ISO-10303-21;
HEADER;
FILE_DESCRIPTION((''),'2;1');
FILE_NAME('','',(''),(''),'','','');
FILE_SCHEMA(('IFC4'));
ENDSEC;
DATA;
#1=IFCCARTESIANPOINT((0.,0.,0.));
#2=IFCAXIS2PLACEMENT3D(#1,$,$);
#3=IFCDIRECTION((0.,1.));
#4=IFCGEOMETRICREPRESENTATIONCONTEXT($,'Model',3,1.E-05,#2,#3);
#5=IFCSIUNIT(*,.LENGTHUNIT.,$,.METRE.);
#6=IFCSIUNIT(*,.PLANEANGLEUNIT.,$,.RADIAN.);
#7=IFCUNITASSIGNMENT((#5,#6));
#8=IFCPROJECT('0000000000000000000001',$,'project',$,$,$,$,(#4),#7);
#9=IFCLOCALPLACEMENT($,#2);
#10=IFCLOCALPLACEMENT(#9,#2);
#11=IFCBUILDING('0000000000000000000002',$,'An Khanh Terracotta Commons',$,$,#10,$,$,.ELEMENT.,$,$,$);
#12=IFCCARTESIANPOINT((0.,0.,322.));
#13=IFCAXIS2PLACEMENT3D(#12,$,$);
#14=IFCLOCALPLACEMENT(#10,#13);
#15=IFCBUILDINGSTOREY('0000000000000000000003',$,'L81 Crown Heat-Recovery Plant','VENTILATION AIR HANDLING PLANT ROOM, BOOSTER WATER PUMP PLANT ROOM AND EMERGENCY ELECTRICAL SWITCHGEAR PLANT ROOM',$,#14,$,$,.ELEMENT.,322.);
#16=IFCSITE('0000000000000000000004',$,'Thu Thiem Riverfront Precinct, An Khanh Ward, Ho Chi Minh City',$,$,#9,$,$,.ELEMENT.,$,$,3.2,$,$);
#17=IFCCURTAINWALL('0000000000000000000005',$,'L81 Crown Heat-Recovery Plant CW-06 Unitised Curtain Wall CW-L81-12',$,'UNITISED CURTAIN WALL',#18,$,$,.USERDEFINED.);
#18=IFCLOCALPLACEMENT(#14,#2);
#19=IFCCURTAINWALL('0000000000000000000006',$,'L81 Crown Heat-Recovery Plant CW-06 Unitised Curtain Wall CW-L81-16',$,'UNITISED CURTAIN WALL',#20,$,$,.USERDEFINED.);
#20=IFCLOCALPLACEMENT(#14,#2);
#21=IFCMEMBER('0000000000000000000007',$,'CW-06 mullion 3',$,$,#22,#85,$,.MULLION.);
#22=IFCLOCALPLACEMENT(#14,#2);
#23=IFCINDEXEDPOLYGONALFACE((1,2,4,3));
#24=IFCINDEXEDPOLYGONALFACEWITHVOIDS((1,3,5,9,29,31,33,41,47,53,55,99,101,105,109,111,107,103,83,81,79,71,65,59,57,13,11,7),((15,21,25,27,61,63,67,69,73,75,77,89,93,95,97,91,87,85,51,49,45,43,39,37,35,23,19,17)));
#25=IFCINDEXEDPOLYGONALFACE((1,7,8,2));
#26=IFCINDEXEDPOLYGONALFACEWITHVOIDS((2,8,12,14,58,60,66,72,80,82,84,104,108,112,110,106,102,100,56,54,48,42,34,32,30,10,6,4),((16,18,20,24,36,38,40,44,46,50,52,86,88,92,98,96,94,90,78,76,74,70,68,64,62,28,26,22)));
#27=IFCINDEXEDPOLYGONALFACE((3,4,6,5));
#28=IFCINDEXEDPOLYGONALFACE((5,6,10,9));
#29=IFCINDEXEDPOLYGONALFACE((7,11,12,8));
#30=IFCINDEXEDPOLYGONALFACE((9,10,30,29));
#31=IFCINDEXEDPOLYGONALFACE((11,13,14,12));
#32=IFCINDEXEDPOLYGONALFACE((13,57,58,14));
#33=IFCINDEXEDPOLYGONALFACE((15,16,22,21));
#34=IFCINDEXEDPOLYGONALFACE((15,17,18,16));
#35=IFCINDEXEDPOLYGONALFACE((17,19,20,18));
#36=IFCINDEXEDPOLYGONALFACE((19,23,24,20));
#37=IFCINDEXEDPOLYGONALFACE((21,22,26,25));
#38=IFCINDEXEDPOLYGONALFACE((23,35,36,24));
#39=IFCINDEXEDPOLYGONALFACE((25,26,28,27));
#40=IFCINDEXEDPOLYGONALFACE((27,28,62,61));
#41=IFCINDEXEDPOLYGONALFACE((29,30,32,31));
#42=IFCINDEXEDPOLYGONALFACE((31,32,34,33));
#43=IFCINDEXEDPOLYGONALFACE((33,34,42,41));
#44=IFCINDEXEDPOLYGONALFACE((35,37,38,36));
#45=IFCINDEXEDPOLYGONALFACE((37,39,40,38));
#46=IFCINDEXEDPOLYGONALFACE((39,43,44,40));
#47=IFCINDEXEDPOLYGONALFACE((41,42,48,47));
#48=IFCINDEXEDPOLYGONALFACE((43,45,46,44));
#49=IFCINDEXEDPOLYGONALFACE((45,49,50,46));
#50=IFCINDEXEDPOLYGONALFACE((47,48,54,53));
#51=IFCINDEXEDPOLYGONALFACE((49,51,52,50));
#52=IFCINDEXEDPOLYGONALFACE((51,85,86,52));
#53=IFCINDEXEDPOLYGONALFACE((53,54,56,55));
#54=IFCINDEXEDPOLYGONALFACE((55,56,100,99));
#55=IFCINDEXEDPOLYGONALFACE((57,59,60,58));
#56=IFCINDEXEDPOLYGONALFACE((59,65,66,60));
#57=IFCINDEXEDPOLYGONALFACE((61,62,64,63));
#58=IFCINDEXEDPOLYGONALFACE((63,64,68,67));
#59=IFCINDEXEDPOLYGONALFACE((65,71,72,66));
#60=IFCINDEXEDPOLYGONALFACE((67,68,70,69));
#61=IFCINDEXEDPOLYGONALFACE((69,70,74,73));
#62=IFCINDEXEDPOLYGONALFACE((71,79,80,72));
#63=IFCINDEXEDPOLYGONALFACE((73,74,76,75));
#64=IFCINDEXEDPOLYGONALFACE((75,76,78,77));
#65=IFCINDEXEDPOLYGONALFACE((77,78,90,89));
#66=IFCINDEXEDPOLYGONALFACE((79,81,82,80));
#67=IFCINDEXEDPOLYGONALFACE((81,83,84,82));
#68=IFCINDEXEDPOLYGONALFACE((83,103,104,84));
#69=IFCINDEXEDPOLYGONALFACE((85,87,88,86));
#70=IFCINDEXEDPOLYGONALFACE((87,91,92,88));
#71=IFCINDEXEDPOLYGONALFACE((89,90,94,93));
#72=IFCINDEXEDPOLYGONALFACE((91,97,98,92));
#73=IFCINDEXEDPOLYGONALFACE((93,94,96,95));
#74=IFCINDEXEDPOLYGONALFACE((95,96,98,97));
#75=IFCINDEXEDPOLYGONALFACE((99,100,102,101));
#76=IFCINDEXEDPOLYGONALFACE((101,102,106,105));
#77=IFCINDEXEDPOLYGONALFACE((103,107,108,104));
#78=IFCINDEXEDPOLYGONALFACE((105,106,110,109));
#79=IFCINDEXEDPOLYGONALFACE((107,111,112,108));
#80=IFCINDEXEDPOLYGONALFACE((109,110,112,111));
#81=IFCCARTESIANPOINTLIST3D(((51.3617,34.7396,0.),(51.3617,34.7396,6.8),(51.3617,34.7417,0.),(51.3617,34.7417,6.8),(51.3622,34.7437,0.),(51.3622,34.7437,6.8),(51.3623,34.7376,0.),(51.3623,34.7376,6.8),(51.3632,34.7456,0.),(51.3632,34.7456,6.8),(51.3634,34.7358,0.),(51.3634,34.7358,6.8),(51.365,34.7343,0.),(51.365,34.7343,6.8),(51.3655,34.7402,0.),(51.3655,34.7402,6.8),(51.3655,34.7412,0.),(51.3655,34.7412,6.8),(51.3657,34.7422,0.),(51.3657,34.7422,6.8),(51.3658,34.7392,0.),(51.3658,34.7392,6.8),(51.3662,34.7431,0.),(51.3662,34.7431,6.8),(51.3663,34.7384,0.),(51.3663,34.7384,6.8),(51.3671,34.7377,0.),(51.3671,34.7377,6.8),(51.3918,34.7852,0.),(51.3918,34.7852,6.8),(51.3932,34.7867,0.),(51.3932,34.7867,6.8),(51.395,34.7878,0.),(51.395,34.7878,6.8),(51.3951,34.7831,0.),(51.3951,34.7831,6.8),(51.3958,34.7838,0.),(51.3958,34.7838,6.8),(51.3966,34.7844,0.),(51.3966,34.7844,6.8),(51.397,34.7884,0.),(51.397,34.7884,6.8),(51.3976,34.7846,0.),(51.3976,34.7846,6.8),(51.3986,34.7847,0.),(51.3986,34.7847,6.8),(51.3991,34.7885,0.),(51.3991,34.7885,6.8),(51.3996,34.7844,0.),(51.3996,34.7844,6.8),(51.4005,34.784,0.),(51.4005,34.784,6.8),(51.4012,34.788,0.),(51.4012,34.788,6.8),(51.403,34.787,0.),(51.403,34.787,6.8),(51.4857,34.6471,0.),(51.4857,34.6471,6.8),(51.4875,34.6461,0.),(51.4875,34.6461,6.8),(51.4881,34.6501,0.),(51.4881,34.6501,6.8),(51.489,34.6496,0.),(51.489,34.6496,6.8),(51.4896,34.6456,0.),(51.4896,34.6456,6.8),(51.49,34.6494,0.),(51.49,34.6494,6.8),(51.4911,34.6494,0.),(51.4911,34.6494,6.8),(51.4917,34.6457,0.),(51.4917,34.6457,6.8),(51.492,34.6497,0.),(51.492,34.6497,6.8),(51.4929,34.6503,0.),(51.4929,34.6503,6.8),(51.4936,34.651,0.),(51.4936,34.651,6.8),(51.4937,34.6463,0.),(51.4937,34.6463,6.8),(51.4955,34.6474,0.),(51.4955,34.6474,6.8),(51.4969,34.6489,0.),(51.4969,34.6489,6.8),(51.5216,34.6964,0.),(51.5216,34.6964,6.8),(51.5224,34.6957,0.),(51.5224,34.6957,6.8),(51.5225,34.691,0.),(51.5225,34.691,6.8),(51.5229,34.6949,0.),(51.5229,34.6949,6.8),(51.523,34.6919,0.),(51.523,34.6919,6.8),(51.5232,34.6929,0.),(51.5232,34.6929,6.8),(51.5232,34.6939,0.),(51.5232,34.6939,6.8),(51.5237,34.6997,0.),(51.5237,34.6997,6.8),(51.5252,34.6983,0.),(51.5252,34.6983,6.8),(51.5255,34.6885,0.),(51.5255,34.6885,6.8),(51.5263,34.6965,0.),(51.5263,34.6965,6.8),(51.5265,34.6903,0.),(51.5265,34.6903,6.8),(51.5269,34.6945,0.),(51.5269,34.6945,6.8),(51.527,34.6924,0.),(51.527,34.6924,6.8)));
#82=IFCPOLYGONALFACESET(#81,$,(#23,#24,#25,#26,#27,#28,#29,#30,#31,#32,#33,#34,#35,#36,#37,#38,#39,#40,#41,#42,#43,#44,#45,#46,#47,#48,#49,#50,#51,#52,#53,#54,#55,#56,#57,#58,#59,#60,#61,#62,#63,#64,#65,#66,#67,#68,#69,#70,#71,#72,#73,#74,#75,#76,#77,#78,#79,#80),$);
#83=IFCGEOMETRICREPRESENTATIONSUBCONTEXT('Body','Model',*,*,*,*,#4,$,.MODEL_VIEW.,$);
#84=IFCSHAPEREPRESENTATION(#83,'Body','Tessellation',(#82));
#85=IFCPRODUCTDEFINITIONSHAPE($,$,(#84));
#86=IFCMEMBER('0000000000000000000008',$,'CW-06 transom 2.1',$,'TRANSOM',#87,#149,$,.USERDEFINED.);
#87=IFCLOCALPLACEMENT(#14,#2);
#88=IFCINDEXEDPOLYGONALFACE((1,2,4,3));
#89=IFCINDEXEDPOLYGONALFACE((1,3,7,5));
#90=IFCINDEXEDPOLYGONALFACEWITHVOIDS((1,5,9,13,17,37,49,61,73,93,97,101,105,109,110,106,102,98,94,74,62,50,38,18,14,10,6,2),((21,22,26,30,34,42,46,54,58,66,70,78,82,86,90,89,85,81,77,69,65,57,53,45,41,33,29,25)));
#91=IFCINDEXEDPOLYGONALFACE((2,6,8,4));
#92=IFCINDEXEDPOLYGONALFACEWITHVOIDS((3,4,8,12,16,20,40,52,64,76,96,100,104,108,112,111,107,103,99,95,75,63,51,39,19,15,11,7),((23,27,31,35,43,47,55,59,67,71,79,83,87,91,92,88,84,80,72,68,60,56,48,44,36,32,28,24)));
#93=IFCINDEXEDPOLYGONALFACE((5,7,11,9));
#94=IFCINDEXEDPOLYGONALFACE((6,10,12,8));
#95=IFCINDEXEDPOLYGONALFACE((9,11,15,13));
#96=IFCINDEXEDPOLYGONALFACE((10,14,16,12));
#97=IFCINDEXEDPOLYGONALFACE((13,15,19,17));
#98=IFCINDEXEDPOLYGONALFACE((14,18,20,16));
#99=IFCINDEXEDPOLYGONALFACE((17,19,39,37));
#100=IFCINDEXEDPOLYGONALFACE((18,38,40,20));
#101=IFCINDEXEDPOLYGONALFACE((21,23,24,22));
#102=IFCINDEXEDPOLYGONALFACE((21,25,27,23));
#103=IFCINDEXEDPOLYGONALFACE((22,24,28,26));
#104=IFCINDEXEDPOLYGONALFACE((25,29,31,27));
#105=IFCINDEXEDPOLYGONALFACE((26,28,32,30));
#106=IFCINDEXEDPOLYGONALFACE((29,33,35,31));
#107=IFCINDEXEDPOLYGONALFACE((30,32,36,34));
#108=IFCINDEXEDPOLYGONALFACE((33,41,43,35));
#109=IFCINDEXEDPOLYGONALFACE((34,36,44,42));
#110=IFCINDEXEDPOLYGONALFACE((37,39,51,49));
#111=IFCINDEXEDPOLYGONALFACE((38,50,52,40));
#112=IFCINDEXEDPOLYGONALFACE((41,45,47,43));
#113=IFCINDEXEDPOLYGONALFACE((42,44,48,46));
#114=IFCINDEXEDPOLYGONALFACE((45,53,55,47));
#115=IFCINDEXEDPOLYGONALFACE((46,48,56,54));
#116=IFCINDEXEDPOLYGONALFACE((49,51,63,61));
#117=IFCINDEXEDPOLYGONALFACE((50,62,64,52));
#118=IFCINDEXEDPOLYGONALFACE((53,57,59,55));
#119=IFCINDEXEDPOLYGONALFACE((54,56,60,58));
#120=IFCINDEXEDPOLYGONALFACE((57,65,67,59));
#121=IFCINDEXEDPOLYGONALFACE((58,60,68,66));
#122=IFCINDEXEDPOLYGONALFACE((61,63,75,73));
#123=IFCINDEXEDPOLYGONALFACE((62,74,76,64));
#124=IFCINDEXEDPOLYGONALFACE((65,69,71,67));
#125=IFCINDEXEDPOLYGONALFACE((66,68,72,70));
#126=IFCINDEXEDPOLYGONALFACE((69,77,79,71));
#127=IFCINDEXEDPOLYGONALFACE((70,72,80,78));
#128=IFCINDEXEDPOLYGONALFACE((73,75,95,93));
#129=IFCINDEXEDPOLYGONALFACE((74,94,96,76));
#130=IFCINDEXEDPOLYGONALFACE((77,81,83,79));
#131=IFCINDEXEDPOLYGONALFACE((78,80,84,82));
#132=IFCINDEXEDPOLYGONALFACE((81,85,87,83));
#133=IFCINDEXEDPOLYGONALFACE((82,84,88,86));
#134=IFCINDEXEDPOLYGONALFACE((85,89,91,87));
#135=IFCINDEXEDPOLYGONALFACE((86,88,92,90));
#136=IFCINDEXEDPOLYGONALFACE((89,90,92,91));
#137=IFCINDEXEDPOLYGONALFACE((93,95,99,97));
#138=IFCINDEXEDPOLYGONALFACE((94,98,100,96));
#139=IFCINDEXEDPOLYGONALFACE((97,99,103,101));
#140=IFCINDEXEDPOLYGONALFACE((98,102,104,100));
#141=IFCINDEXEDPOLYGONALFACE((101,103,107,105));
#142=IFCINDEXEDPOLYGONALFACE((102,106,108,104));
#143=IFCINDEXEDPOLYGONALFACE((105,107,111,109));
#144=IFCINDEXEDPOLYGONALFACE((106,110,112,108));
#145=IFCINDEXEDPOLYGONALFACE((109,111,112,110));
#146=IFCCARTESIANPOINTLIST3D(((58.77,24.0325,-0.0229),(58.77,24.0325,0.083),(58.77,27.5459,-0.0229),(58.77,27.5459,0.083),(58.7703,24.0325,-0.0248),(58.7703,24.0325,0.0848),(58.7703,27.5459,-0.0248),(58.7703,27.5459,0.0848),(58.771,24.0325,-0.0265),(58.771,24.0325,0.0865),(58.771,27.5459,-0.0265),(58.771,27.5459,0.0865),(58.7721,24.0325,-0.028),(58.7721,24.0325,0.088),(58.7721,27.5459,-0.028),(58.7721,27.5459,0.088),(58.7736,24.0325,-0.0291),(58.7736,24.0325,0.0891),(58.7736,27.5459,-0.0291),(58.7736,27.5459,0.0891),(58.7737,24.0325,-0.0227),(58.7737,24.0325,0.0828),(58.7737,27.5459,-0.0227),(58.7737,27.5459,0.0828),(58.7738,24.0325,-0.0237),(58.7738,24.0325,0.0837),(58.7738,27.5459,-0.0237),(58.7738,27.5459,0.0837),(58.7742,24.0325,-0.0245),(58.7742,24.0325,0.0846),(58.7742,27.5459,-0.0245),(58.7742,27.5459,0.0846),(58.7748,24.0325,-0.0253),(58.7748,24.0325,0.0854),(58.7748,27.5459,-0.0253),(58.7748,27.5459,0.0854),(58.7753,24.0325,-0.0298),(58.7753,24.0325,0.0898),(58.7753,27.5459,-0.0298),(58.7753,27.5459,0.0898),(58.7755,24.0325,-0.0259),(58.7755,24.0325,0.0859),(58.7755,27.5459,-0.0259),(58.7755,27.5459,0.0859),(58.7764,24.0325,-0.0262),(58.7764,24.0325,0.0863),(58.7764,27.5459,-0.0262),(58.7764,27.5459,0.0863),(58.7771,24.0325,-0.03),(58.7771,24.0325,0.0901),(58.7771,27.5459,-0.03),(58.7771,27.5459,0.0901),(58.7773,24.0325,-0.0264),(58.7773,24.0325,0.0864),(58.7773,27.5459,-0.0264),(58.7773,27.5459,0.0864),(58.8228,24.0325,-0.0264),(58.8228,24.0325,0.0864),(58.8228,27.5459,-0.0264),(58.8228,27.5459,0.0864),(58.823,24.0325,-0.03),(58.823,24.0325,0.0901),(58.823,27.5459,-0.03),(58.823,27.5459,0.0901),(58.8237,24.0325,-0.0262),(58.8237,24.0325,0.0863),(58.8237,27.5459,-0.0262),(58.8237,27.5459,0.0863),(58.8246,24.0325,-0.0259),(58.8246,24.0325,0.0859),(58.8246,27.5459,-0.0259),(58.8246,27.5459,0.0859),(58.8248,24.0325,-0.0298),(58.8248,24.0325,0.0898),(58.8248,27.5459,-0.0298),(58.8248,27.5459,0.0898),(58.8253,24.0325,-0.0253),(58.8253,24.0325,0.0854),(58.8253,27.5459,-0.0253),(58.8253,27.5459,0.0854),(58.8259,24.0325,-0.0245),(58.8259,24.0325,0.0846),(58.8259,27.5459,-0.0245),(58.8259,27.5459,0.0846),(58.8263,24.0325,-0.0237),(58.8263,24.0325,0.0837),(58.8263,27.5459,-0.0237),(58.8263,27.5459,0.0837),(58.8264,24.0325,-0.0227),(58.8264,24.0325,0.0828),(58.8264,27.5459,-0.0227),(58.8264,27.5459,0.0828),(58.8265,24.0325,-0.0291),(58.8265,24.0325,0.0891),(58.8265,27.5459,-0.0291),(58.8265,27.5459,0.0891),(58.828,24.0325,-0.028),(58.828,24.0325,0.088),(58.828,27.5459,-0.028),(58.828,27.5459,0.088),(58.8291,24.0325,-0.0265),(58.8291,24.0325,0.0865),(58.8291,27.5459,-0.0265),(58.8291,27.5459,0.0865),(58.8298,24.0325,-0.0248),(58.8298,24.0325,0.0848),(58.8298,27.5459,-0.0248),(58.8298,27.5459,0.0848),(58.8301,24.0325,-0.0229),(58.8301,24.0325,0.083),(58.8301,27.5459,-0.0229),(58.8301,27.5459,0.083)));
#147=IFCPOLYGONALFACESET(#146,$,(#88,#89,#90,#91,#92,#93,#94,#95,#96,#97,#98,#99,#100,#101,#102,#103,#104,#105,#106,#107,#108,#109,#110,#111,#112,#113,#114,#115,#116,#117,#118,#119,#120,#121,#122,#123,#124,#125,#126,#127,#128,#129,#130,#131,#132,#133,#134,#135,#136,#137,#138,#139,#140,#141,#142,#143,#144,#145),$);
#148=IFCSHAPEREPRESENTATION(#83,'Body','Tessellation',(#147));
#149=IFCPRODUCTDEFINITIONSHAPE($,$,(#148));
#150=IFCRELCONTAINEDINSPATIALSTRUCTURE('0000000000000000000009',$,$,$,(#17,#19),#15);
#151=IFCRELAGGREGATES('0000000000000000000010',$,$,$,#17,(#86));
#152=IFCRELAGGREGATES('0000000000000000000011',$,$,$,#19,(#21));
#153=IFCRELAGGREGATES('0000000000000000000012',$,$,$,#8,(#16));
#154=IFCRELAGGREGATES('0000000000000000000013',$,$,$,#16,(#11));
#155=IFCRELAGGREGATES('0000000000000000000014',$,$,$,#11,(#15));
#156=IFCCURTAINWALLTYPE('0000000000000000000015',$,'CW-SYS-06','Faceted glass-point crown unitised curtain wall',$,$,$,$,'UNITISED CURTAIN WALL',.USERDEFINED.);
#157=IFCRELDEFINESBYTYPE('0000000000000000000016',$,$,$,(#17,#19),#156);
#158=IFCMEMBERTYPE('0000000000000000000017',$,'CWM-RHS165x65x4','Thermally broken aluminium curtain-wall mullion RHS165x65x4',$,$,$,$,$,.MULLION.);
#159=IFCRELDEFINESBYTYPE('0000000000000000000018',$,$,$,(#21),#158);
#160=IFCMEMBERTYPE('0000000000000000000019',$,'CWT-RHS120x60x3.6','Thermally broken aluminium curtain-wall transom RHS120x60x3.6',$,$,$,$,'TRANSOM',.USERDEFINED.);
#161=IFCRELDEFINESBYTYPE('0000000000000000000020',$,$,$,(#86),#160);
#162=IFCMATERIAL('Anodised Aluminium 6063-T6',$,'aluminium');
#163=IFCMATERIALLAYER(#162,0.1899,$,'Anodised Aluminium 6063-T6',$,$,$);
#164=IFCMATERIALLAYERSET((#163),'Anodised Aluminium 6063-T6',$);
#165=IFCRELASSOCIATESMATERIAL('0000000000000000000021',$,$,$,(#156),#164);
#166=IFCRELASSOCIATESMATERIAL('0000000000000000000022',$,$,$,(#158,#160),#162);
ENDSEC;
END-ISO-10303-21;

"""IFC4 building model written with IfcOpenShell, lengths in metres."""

from ifc_helpers import new_model, si_unit, direction, frame, origin, origin_2d, place, context, subcontext, project, spatial, hollow_rectangle, extrude, material, layer, layer_set, material_profile, profile_set, type_object, element, aggregate, save


model = new_model("IFC4")

# Units and contexts
model_context = context("Model", 3, precision=1e-05, world=origin(), true_north=direction((0.0, 1.0)))
body_context = subcontext(model_context, "Body", "Model", "MODEL_VIEW")
ifc_project = project(units=[si_unit("LENGTHUNIT", "METRE"), si_unit("PLANEANGLEUNIT", "RADIAN")], contexts=[model_context])

# Site, building, storey
site_placement = place(None, origin())
site = spatial("IfcSite", under=ifc_project, at=site_placement, Name="Thu Thiem Riverfront Precinct, An Khanh Ward, Ho Chi Minh City", CompositionType="ELEMENT", RefElevation=3.2)
building_placement = place(site_placement, origin())
building = spatial("IfcBuilding", under=site, at=building_placement, Name="An Khanh Terracotta Commons", CompositionType="ELEMENT")
storey_placement = place(building_placement, frame((0.0, 0.0, 322.0)))
storey = spatial("IfcBuildingStorey", under=building, at=storey_placement, Name="L81 Crown Heat-Recovery Plant", Description="VENTILATION AIR HANDLING PLANT ROOM, BOOSTER WATER PUMP PLANT ROOM AND EMERGENCY ELECTRICAL SWITCHGEAR PLANT ROOM", CompositionType="ELEMENT", Elevation=322.0)

# Curtain walls, member
ifc_material_1 = material(Name="Anodised Aluminium 6063-T6", Category="aluminium")
ifc_layer_1 = layer(ifc_material_1, 0.1899, Name="Anodised Aluminium 6063-T6")
ifc_layer_set_1 = layer_set([ifc_layer_1], Name="Anodised Aluminium 6063-T6")
curtain_wall_type = type_object("IfcCurtainWallType", Name="CW-SYS-06", Description="Faceted glass-point crown unitised curtain wall", ElementType="UNITISED CURTAIN WALL", PredefinedType="USERDEFINED", material=ifc_layer_set_1)
curtain_wall_1_placement = place(storey_placement, origin())
curtain_wall_1 = element("IfcCurtainWall", 1, at=curtain_wall_1_placement, inside=storey, type_object=curtain_wall_type, Name="L81 Crown Heat-Recovery Plant CW-06 Unitised Curtain Wall CW-L81-12", ObjectType="UNITISED CURTAIN WALL", PredefinedType="USERDEFINED")
ifc_material_profile_1 = material_profile(ifc_material_1, hollow_rectangle(XDim=0.0649, YDim=0.165, WallThickness=0.0039, InnerFilletRadius=0.0039, OuterFilletRadius=0.0081, at=origin_2d()), Name="RHS165x65x4")
ifc_profile_set_1 = profile_set([ifc_material_profile_1], Name="Anodised Aluminium 6063-T6")
member_type_1 = type_object("IfcMemberType", Name="CWM-RHS165x65x4", Description="Thermally broken aluminium curtain-wall mullion RHS165x65x4", PredefinedType="MULLION", material=ifc_profile_set_1)
curtain_wall_2_placement = place(storey_placement, origin())
curtain_wall_2 = element("IfcCurtainWall", 2, at=curtain_wall_2_placement, inside=storey, type_object=curtain_wall_type, Name="L81 Crown Heat-Recovery Plant CW-06 Unitised Curtain Wall CW-L81-16", ObjectType="UNITISED CURTAIN WALL", PredefinedType="USERDEFINED")
member_1_placement = place(storey_placement, frame((51.4443, 34.717, 0.0), z_axis=(0.0, 0.0, 1.0), x_axis=(-0.58583, -0.810434, 0.0)))
member_1 = element("IfcMember", 3, at=member_1_placement, type_object=member_type_1, Name="CW-06 mullion 3", PredefinedType="MULLION", context=body_context, shape_type="SweptSolid", body=[
    extrude(hollow_rectangle(XDim=0.0649, YDim=0.165, WallThickness=0.0039, InnerFilletRadius=0.0039, OuterFilletRadius=0.0081, at=origin_2d()), origin(), (0.0, 0.0, 1.0), 6.8),
])

# Member
ifc_material_profile_2 = material_profile(ifc_material_1, hollow_rectangle(XDim=0.0601, YDim=0.1201, WallThickness=0.0037, InnerFilletRadius=0.0037, OuterFilletRadius=0.0071, at=origin_2d()), Name="RHS120x60x3.6")
ifc_profile_set_2 = profile_set([ifc_material_profile_2], Name="Anodised Aluminium 6063-T6")
member_type_2 = type_object("IfcMemberType", Name="CWT-RHS120x60x3.6", Description="Thermally broken aluminium curtain-wall transom RHS120x60x3.6", ElementType="TRANSOM", PredefinedType="USERDEFINED", material=ifc_profile_set_2)
member_2_placement = place(storey_placement, frame((58.8, 24.0325, 0.03), z_axis=(0.0, 1.0, 0.0), x_axis=(-1.0, 0.0, 0.0)))
member_2 = element("IfcMember", 4, at=member_2_placement, type_object=member_type_2, Name="CW-06 transom 2.1", ObjectType="TRANSOM", PredefinedType="USERDEFINED", context=body_context, shape_type="SweptSolid", body=[
    extrude(hollow_rectangle(XDim=0.0601, YDim=0.1201, WallThickness=0.0037, InnerFilletRadius=0.0037, OuterFilletRadius=0.0071, at=origin_2d()), origin(), (0.0, 0.0, 1.0), 3.5134),
])

aggregate(curtain_wall_1, [member_2])
aggregate(curtain_wall_2, [member_1])

save(model, "model.ifc")
